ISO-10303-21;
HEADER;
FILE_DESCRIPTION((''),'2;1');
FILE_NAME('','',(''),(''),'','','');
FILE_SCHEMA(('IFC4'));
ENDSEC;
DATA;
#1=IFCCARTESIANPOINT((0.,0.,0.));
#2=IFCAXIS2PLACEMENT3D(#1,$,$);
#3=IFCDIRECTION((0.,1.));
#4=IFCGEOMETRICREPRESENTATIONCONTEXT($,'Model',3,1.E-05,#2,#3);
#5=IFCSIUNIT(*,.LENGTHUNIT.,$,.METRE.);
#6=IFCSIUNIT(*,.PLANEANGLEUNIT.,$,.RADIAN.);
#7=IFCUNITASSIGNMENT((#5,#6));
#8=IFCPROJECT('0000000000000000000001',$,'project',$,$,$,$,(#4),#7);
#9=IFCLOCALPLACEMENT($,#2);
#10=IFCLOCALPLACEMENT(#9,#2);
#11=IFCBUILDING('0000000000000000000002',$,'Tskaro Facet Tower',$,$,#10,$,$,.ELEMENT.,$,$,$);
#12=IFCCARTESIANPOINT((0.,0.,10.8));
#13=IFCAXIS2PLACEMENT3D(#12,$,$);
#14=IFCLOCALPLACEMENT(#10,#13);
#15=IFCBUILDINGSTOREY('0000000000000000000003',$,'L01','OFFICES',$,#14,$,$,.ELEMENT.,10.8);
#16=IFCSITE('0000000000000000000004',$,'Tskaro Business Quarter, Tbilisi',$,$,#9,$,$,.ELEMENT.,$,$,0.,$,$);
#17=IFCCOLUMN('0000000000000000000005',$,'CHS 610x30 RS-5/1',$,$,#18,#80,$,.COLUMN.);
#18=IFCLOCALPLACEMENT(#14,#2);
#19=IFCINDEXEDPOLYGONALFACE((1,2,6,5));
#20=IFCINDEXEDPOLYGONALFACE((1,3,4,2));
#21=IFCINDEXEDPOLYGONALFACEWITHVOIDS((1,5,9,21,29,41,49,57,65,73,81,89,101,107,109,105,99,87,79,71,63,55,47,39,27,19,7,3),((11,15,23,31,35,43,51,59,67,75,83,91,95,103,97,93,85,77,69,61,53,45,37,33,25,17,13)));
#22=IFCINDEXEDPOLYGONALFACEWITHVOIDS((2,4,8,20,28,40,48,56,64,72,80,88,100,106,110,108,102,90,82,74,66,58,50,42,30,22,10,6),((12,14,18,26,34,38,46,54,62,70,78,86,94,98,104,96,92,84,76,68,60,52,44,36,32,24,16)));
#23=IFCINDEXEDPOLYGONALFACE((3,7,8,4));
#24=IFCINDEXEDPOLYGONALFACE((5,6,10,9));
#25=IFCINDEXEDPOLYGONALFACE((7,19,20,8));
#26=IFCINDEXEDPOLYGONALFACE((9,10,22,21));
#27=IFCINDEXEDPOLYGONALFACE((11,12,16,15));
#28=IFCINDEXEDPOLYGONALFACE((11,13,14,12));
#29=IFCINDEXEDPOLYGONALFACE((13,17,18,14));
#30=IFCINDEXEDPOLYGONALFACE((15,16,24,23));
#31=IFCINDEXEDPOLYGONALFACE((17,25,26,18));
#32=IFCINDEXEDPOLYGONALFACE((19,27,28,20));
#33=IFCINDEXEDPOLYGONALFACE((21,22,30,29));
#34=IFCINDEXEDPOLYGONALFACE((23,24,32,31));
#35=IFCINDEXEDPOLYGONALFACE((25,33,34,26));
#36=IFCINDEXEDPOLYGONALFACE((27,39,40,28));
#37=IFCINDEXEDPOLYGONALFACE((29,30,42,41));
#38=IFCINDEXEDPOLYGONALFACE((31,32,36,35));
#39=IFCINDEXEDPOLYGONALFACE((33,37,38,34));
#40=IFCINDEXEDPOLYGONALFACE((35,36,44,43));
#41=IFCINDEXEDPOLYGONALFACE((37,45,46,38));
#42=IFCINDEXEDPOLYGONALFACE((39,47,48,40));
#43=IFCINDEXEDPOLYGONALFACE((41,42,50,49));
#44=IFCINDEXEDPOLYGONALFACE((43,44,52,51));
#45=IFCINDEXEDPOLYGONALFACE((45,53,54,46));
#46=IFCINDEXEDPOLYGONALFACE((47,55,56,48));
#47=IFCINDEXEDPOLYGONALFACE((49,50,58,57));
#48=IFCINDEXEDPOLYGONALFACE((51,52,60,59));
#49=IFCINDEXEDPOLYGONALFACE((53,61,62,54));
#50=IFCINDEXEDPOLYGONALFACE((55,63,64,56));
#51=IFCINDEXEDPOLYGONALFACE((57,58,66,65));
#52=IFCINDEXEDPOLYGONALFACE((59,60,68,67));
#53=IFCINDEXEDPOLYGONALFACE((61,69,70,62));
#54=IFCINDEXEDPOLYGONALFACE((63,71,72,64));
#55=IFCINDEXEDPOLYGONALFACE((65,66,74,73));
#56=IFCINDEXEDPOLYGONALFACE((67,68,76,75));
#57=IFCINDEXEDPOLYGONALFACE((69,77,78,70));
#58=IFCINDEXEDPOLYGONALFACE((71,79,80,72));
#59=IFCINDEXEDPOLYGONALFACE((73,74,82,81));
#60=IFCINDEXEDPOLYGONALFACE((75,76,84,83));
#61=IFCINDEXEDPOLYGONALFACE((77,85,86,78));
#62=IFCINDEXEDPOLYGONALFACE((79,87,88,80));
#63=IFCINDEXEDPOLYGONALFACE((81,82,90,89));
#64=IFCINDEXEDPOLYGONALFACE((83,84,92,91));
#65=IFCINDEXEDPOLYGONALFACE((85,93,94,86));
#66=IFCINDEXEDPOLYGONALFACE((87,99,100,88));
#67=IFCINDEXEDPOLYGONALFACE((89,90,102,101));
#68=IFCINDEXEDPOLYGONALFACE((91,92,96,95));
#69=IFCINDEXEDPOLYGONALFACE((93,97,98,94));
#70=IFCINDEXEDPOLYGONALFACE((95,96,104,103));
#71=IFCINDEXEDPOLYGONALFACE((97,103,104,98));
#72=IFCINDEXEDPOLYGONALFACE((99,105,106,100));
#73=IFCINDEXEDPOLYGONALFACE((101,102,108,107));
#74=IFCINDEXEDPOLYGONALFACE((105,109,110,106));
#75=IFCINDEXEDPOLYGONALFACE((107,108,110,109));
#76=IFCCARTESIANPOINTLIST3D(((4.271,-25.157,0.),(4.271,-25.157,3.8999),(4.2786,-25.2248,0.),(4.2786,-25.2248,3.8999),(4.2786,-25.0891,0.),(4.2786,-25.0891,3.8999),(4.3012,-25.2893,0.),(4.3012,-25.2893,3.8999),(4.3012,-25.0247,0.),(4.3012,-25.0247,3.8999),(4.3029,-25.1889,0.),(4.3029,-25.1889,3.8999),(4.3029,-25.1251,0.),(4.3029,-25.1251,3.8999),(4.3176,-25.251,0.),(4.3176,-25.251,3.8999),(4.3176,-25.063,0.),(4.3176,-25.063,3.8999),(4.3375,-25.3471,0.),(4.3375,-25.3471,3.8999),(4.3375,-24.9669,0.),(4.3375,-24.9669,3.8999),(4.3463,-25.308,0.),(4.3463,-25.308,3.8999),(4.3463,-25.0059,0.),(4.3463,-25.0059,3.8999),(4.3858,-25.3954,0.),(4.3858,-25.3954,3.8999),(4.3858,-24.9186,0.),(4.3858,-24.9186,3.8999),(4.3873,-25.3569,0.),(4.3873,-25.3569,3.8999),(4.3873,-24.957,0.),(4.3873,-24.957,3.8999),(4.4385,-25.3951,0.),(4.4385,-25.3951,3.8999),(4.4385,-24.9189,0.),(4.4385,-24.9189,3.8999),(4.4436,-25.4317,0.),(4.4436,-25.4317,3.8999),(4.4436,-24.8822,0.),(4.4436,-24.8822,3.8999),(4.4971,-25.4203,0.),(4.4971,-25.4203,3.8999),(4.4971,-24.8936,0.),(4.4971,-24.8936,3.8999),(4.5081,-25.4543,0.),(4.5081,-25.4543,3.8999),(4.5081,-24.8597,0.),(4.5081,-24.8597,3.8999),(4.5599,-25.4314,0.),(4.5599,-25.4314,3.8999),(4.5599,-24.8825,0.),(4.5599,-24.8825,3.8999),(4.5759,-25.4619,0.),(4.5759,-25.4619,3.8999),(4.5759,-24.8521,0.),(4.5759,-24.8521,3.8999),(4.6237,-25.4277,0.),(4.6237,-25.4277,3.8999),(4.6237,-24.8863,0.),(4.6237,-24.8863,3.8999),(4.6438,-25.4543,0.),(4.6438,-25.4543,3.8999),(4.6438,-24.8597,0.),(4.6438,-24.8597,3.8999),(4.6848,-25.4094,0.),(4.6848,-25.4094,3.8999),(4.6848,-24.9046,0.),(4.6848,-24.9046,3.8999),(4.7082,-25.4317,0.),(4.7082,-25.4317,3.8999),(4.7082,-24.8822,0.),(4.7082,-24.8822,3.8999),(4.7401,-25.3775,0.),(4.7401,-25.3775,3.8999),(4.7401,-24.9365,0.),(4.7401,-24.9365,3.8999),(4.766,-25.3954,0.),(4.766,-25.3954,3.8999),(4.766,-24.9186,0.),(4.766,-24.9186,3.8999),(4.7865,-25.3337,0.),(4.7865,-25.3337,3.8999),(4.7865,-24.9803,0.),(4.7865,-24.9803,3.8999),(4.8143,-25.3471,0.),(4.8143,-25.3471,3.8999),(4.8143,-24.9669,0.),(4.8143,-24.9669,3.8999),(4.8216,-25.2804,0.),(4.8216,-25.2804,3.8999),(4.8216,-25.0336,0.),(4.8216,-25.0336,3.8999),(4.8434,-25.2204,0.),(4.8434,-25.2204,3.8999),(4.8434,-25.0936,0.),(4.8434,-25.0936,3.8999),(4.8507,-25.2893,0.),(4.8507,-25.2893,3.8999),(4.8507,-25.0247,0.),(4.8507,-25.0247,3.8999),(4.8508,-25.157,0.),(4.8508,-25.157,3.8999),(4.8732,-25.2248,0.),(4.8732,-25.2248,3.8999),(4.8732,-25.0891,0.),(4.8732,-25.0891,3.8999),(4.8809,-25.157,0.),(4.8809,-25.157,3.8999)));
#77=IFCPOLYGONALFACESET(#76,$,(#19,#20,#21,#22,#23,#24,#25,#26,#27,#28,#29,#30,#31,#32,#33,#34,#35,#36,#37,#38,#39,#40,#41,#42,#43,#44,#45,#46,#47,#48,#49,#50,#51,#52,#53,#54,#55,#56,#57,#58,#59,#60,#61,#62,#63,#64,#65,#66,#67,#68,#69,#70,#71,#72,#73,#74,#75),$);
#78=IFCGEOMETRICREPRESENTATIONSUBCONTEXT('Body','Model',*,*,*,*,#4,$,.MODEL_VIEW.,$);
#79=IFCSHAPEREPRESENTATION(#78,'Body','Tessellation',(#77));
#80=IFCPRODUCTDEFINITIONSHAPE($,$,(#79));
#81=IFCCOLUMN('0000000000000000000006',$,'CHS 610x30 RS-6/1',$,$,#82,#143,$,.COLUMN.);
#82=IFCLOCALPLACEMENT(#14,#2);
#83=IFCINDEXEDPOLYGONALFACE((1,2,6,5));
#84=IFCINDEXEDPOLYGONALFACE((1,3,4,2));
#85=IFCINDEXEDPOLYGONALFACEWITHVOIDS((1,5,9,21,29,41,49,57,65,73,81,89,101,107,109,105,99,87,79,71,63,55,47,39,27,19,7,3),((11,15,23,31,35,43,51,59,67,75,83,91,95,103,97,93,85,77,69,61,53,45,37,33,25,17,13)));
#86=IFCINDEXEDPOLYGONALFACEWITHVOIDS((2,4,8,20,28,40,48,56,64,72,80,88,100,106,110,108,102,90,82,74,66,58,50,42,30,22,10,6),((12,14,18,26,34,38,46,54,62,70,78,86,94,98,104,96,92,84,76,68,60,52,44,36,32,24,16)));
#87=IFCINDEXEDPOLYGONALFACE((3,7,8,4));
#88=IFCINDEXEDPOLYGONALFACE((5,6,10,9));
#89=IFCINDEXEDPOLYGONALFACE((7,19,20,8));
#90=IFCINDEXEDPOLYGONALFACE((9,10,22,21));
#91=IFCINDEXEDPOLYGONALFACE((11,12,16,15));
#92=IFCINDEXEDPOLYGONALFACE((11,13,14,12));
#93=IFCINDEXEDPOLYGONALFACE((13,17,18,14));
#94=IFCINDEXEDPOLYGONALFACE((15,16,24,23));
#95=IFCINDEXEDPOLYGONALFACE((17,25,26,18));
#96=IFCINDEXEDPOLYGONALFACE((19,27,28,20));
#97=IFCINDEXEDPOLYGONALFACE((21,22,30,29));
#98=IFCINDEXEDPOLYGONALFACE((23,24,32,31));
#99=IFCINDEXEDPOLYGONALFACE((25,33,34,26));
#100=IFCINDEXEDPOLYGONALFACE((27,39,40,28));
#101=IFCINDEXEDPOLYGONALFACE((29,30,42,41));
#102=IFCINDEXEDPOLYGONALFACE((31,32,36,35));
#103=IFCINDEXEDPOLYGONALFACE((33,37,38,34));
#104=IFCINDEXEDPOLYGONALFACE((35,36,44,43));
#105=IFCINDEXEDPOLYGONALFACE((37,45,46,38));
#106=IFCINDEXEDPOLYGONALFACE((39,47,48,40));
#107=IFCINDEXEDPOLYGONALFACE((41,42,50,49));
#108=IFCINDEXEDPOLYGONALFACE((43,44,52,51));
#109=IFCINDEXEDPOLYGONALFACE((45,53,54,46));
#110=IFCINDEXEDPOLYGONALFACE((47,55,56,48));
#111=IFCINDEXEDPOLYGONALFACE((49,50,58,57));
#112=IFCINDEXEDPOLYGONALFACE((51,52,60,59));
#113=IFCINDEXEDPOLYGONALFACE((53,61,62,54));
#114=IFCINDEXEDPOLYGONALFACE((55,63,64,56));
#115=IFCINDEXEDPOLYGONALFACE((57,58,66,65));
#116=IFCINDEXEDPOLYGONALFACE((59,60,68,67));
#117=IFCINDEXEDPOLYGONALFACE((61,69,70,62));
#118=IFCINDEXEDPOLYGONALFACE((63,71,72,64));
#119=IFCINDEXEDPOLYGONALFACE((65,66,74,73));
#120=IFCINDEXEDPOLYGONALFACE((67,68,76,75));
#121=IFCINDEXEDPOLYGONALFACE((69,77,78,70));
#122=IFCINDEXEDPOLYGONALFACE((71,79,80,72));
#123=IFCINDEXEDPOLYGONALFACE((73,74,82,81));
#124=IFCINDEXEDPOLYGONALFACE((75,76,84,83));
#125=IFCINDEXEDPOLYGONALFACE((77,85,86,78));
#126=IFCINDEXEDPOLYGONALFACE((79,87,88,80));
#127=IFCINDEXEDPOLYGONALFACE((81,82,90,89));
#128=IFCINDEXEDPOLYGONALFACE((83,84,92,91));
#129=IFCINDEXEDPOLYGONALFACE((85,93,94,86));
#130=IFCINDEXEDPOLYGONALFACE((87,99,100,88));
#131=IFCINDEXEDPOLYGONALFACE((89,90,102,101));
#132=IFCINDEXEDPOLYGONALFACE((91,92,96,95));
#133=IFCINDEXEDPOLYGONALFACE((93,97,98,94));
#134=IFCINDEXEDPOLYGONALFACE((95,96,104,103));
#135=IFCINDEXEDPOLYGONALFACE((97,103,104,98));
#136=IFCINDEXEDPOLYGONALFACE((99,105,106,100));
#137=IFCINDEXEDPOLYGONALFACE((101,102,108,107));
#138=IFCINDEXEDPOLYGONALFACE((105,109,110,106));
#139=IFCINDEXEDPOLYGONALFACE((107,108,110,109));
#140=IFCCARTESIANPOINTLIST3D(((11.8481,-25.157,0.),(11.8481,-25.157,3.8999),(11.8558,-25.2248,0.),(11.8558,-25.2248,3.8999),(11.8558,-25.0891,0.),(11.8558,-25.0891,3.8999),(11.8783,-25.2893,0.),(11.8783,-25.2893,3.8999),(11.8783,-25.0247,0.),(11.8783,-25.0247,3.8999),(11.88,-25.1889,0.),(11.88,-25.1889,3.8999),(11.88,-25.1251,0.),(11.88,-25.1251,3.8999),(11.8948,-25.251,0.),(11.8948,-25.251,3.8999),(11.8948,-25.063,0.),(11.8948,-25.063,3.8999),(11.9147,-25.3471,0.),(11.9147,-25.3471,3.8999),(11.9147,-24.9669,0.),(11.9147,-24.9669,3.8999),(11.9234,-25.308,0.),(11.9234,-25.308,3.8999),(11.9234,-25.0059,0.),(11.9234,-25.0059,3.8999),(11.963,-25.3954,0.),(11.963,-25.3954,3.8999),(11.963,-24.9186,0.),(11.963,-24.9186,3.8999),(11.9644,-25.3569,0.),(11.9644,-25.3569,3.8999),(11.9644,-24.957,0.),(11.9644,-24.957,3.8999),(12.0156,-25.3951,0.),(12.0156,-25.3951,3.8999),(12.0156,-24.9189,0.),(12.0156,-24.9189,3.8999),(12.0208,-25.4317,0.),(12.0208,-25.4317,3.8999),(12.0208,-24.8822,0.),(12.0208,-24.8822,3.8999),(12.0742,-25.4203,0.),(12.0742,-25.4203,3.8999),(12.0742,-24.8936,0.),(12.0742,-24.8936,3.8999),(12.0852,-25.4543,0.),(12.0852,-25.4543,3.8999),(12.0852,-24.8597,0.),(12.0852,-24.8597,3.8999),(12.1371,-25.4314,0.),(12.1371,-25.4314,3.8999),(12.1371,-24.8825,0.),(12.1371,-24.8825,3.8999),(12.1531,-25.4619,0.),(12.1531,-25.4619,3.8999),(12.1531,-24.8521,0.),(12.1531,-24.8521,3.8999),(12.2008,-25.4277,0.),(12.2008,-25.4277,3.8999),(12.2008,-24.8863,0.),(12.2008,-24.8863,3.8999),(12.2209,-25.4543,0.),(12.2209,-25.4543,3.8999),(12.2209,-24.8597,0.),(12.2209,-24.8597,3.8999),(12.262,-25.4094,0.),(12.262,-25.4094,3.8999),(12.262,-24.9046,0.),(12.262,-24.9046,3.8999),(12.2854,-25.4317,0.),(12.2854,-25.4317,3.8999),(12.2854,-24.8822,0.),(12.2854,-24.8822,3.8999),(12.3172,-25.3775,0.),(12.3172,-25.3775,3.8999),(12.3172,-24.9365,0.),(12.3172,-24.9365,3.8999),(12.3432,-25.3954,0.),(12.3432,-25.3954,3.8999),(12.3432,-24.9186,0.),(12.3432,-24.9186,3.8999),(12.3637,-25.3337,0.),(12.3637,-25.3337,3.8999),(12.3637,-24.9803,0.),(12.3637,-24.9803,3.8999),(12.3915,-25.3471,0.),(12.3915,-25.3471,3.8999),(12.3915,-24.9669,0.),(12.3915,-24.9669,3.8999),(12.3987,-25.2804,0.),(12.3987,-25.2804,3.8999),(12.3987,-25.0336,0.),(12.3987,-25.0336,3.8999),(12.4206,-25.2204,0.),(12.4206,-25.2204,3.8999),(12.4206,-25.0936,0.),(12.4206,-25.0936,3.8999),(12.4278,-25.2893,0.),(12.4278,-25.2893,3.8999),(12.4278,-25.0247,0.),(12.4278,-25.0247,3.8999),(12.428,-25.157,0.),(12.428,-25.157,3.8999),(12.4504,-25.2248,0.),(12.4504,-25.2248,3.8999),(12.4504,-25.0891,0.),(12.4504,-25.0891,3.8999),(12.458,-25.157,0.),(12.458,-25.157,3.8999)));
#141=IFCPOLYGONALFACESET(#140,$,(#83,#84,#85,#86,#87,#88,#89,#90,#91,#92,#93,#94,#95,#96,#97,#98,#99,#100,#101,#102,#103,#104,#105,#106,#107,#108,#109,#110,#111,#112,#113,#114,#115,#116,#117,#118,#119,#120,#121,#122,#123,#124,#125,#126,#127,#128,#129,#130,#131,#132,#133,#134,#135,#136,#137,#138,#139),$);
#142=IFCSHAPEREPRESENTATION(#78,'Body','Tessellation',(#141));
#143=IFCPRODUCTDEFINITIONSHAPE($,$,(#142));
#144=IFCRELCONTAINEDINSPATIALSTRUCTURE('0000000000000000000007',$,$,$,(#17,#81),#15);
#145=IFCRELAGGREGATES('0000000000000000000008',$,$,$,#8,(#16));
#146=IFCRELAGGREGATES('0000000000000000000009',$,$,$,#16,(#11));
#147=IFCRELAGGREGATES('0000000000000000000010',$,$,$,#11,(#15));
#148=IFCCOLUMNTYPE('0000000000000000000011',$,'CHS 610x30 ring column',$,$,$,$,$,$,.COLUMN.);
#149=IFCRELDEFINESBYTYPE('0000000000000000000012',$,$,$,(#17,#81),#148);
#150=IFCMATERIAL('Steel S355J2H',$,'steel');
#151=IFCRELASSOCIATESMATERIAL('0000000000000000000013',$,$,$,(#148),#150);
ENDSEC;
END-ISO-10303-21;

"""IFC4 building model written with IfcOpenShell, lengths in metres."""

from ifc_helpers import new_model, si_unit, direction, frame, origin, origin_2d, place, context, subcontext, project, spatial, hollow_circle, extrude, material, material_profile, profile_set, type_object, element, save


model = new_model("IFC4")

# Units and contexts
model_context = context("Model", 3, precision=1e-05, world=origin(), true_north=direction((0.0, 1.0)))
body_context = subcontext(model_context, "Body", "Model", "MODEL_VIEW")
ifc_project = project(units=[si_unit("LENGTHUNIT", "METRE"), si_unit("PLANEANGLEUNIT", "RADIAN")], contexts=[model_context])

# Site, building, storey
site_placement = place(None, origin())
site = spatial("IfcSite", under=ifc_project, at=site_placement, Name="Tskaro Business Quarter, Tbilisi", CompositionType="ELEMENT", RefElevation=0.0)
building_placement = place(site_placement, origin())
building = spatial("IfcBuilding", under=site, at=building_placement, Name="Tskaro Facet Tower", CompositionType="ELEMENT")
storey_placement = place(building_placement, frame((0.0, 0.0, 10.8)))
storey = spatial("IfcBuildingStorey", under=building, at=storey_placement, Name="L01", Description="OFFICES", CompositionType="ELEMENT", Elevation=10.8)

# Columns
ifc_material_1 = material(Name="Steel S355J2H", Category="steel")
ifc_material_profile_1 = material_profile(ifc_material_1, hollow_circle(Radius=0.3049, WallThickness=0.03, at=origin_2d()), Name="CHS 610x30")
ifc_profile_set_1 = profile_set([ifc_material_profile_1], Name="Steel S355J2H")
column_type_1 = type_object("IfcColumnType", Name="CHS 610x30 ring column", PredefinedType="COLUMN", material=ifc_profile_set_1)
for number, where, z_axis, x_axis, name in (
    (1, (4.5759, -25.157, 0.0), (0.0, 0.0, 1.0), (1.0, 0.0, 0.0), "CHS 610x30 RS-5/1"),
    (2, (12.1531, -25.157, 0.0), (0.0, 0.0, 1.0), (1.0, 0.0, 0.0), "CHS 610x30 RS-6/1"),
):
    element("IfcColumn", number, at=place(storey_placement, frame(where, z_axis=z_axis, x_axis=x_axis)), inside=storey, type_object=column_type_1, Name=name, PredefinedType="COLUMN", context=body_context, shape_type="SweptSolid", body=[
        extrude(hollow_circle(Radius=0.3049, WallThickness=0.03, at=origin_2d()), origin(), (0.0, 0.0, 1.0), 3.8999),
    ])

save(model, "model.ifc")
